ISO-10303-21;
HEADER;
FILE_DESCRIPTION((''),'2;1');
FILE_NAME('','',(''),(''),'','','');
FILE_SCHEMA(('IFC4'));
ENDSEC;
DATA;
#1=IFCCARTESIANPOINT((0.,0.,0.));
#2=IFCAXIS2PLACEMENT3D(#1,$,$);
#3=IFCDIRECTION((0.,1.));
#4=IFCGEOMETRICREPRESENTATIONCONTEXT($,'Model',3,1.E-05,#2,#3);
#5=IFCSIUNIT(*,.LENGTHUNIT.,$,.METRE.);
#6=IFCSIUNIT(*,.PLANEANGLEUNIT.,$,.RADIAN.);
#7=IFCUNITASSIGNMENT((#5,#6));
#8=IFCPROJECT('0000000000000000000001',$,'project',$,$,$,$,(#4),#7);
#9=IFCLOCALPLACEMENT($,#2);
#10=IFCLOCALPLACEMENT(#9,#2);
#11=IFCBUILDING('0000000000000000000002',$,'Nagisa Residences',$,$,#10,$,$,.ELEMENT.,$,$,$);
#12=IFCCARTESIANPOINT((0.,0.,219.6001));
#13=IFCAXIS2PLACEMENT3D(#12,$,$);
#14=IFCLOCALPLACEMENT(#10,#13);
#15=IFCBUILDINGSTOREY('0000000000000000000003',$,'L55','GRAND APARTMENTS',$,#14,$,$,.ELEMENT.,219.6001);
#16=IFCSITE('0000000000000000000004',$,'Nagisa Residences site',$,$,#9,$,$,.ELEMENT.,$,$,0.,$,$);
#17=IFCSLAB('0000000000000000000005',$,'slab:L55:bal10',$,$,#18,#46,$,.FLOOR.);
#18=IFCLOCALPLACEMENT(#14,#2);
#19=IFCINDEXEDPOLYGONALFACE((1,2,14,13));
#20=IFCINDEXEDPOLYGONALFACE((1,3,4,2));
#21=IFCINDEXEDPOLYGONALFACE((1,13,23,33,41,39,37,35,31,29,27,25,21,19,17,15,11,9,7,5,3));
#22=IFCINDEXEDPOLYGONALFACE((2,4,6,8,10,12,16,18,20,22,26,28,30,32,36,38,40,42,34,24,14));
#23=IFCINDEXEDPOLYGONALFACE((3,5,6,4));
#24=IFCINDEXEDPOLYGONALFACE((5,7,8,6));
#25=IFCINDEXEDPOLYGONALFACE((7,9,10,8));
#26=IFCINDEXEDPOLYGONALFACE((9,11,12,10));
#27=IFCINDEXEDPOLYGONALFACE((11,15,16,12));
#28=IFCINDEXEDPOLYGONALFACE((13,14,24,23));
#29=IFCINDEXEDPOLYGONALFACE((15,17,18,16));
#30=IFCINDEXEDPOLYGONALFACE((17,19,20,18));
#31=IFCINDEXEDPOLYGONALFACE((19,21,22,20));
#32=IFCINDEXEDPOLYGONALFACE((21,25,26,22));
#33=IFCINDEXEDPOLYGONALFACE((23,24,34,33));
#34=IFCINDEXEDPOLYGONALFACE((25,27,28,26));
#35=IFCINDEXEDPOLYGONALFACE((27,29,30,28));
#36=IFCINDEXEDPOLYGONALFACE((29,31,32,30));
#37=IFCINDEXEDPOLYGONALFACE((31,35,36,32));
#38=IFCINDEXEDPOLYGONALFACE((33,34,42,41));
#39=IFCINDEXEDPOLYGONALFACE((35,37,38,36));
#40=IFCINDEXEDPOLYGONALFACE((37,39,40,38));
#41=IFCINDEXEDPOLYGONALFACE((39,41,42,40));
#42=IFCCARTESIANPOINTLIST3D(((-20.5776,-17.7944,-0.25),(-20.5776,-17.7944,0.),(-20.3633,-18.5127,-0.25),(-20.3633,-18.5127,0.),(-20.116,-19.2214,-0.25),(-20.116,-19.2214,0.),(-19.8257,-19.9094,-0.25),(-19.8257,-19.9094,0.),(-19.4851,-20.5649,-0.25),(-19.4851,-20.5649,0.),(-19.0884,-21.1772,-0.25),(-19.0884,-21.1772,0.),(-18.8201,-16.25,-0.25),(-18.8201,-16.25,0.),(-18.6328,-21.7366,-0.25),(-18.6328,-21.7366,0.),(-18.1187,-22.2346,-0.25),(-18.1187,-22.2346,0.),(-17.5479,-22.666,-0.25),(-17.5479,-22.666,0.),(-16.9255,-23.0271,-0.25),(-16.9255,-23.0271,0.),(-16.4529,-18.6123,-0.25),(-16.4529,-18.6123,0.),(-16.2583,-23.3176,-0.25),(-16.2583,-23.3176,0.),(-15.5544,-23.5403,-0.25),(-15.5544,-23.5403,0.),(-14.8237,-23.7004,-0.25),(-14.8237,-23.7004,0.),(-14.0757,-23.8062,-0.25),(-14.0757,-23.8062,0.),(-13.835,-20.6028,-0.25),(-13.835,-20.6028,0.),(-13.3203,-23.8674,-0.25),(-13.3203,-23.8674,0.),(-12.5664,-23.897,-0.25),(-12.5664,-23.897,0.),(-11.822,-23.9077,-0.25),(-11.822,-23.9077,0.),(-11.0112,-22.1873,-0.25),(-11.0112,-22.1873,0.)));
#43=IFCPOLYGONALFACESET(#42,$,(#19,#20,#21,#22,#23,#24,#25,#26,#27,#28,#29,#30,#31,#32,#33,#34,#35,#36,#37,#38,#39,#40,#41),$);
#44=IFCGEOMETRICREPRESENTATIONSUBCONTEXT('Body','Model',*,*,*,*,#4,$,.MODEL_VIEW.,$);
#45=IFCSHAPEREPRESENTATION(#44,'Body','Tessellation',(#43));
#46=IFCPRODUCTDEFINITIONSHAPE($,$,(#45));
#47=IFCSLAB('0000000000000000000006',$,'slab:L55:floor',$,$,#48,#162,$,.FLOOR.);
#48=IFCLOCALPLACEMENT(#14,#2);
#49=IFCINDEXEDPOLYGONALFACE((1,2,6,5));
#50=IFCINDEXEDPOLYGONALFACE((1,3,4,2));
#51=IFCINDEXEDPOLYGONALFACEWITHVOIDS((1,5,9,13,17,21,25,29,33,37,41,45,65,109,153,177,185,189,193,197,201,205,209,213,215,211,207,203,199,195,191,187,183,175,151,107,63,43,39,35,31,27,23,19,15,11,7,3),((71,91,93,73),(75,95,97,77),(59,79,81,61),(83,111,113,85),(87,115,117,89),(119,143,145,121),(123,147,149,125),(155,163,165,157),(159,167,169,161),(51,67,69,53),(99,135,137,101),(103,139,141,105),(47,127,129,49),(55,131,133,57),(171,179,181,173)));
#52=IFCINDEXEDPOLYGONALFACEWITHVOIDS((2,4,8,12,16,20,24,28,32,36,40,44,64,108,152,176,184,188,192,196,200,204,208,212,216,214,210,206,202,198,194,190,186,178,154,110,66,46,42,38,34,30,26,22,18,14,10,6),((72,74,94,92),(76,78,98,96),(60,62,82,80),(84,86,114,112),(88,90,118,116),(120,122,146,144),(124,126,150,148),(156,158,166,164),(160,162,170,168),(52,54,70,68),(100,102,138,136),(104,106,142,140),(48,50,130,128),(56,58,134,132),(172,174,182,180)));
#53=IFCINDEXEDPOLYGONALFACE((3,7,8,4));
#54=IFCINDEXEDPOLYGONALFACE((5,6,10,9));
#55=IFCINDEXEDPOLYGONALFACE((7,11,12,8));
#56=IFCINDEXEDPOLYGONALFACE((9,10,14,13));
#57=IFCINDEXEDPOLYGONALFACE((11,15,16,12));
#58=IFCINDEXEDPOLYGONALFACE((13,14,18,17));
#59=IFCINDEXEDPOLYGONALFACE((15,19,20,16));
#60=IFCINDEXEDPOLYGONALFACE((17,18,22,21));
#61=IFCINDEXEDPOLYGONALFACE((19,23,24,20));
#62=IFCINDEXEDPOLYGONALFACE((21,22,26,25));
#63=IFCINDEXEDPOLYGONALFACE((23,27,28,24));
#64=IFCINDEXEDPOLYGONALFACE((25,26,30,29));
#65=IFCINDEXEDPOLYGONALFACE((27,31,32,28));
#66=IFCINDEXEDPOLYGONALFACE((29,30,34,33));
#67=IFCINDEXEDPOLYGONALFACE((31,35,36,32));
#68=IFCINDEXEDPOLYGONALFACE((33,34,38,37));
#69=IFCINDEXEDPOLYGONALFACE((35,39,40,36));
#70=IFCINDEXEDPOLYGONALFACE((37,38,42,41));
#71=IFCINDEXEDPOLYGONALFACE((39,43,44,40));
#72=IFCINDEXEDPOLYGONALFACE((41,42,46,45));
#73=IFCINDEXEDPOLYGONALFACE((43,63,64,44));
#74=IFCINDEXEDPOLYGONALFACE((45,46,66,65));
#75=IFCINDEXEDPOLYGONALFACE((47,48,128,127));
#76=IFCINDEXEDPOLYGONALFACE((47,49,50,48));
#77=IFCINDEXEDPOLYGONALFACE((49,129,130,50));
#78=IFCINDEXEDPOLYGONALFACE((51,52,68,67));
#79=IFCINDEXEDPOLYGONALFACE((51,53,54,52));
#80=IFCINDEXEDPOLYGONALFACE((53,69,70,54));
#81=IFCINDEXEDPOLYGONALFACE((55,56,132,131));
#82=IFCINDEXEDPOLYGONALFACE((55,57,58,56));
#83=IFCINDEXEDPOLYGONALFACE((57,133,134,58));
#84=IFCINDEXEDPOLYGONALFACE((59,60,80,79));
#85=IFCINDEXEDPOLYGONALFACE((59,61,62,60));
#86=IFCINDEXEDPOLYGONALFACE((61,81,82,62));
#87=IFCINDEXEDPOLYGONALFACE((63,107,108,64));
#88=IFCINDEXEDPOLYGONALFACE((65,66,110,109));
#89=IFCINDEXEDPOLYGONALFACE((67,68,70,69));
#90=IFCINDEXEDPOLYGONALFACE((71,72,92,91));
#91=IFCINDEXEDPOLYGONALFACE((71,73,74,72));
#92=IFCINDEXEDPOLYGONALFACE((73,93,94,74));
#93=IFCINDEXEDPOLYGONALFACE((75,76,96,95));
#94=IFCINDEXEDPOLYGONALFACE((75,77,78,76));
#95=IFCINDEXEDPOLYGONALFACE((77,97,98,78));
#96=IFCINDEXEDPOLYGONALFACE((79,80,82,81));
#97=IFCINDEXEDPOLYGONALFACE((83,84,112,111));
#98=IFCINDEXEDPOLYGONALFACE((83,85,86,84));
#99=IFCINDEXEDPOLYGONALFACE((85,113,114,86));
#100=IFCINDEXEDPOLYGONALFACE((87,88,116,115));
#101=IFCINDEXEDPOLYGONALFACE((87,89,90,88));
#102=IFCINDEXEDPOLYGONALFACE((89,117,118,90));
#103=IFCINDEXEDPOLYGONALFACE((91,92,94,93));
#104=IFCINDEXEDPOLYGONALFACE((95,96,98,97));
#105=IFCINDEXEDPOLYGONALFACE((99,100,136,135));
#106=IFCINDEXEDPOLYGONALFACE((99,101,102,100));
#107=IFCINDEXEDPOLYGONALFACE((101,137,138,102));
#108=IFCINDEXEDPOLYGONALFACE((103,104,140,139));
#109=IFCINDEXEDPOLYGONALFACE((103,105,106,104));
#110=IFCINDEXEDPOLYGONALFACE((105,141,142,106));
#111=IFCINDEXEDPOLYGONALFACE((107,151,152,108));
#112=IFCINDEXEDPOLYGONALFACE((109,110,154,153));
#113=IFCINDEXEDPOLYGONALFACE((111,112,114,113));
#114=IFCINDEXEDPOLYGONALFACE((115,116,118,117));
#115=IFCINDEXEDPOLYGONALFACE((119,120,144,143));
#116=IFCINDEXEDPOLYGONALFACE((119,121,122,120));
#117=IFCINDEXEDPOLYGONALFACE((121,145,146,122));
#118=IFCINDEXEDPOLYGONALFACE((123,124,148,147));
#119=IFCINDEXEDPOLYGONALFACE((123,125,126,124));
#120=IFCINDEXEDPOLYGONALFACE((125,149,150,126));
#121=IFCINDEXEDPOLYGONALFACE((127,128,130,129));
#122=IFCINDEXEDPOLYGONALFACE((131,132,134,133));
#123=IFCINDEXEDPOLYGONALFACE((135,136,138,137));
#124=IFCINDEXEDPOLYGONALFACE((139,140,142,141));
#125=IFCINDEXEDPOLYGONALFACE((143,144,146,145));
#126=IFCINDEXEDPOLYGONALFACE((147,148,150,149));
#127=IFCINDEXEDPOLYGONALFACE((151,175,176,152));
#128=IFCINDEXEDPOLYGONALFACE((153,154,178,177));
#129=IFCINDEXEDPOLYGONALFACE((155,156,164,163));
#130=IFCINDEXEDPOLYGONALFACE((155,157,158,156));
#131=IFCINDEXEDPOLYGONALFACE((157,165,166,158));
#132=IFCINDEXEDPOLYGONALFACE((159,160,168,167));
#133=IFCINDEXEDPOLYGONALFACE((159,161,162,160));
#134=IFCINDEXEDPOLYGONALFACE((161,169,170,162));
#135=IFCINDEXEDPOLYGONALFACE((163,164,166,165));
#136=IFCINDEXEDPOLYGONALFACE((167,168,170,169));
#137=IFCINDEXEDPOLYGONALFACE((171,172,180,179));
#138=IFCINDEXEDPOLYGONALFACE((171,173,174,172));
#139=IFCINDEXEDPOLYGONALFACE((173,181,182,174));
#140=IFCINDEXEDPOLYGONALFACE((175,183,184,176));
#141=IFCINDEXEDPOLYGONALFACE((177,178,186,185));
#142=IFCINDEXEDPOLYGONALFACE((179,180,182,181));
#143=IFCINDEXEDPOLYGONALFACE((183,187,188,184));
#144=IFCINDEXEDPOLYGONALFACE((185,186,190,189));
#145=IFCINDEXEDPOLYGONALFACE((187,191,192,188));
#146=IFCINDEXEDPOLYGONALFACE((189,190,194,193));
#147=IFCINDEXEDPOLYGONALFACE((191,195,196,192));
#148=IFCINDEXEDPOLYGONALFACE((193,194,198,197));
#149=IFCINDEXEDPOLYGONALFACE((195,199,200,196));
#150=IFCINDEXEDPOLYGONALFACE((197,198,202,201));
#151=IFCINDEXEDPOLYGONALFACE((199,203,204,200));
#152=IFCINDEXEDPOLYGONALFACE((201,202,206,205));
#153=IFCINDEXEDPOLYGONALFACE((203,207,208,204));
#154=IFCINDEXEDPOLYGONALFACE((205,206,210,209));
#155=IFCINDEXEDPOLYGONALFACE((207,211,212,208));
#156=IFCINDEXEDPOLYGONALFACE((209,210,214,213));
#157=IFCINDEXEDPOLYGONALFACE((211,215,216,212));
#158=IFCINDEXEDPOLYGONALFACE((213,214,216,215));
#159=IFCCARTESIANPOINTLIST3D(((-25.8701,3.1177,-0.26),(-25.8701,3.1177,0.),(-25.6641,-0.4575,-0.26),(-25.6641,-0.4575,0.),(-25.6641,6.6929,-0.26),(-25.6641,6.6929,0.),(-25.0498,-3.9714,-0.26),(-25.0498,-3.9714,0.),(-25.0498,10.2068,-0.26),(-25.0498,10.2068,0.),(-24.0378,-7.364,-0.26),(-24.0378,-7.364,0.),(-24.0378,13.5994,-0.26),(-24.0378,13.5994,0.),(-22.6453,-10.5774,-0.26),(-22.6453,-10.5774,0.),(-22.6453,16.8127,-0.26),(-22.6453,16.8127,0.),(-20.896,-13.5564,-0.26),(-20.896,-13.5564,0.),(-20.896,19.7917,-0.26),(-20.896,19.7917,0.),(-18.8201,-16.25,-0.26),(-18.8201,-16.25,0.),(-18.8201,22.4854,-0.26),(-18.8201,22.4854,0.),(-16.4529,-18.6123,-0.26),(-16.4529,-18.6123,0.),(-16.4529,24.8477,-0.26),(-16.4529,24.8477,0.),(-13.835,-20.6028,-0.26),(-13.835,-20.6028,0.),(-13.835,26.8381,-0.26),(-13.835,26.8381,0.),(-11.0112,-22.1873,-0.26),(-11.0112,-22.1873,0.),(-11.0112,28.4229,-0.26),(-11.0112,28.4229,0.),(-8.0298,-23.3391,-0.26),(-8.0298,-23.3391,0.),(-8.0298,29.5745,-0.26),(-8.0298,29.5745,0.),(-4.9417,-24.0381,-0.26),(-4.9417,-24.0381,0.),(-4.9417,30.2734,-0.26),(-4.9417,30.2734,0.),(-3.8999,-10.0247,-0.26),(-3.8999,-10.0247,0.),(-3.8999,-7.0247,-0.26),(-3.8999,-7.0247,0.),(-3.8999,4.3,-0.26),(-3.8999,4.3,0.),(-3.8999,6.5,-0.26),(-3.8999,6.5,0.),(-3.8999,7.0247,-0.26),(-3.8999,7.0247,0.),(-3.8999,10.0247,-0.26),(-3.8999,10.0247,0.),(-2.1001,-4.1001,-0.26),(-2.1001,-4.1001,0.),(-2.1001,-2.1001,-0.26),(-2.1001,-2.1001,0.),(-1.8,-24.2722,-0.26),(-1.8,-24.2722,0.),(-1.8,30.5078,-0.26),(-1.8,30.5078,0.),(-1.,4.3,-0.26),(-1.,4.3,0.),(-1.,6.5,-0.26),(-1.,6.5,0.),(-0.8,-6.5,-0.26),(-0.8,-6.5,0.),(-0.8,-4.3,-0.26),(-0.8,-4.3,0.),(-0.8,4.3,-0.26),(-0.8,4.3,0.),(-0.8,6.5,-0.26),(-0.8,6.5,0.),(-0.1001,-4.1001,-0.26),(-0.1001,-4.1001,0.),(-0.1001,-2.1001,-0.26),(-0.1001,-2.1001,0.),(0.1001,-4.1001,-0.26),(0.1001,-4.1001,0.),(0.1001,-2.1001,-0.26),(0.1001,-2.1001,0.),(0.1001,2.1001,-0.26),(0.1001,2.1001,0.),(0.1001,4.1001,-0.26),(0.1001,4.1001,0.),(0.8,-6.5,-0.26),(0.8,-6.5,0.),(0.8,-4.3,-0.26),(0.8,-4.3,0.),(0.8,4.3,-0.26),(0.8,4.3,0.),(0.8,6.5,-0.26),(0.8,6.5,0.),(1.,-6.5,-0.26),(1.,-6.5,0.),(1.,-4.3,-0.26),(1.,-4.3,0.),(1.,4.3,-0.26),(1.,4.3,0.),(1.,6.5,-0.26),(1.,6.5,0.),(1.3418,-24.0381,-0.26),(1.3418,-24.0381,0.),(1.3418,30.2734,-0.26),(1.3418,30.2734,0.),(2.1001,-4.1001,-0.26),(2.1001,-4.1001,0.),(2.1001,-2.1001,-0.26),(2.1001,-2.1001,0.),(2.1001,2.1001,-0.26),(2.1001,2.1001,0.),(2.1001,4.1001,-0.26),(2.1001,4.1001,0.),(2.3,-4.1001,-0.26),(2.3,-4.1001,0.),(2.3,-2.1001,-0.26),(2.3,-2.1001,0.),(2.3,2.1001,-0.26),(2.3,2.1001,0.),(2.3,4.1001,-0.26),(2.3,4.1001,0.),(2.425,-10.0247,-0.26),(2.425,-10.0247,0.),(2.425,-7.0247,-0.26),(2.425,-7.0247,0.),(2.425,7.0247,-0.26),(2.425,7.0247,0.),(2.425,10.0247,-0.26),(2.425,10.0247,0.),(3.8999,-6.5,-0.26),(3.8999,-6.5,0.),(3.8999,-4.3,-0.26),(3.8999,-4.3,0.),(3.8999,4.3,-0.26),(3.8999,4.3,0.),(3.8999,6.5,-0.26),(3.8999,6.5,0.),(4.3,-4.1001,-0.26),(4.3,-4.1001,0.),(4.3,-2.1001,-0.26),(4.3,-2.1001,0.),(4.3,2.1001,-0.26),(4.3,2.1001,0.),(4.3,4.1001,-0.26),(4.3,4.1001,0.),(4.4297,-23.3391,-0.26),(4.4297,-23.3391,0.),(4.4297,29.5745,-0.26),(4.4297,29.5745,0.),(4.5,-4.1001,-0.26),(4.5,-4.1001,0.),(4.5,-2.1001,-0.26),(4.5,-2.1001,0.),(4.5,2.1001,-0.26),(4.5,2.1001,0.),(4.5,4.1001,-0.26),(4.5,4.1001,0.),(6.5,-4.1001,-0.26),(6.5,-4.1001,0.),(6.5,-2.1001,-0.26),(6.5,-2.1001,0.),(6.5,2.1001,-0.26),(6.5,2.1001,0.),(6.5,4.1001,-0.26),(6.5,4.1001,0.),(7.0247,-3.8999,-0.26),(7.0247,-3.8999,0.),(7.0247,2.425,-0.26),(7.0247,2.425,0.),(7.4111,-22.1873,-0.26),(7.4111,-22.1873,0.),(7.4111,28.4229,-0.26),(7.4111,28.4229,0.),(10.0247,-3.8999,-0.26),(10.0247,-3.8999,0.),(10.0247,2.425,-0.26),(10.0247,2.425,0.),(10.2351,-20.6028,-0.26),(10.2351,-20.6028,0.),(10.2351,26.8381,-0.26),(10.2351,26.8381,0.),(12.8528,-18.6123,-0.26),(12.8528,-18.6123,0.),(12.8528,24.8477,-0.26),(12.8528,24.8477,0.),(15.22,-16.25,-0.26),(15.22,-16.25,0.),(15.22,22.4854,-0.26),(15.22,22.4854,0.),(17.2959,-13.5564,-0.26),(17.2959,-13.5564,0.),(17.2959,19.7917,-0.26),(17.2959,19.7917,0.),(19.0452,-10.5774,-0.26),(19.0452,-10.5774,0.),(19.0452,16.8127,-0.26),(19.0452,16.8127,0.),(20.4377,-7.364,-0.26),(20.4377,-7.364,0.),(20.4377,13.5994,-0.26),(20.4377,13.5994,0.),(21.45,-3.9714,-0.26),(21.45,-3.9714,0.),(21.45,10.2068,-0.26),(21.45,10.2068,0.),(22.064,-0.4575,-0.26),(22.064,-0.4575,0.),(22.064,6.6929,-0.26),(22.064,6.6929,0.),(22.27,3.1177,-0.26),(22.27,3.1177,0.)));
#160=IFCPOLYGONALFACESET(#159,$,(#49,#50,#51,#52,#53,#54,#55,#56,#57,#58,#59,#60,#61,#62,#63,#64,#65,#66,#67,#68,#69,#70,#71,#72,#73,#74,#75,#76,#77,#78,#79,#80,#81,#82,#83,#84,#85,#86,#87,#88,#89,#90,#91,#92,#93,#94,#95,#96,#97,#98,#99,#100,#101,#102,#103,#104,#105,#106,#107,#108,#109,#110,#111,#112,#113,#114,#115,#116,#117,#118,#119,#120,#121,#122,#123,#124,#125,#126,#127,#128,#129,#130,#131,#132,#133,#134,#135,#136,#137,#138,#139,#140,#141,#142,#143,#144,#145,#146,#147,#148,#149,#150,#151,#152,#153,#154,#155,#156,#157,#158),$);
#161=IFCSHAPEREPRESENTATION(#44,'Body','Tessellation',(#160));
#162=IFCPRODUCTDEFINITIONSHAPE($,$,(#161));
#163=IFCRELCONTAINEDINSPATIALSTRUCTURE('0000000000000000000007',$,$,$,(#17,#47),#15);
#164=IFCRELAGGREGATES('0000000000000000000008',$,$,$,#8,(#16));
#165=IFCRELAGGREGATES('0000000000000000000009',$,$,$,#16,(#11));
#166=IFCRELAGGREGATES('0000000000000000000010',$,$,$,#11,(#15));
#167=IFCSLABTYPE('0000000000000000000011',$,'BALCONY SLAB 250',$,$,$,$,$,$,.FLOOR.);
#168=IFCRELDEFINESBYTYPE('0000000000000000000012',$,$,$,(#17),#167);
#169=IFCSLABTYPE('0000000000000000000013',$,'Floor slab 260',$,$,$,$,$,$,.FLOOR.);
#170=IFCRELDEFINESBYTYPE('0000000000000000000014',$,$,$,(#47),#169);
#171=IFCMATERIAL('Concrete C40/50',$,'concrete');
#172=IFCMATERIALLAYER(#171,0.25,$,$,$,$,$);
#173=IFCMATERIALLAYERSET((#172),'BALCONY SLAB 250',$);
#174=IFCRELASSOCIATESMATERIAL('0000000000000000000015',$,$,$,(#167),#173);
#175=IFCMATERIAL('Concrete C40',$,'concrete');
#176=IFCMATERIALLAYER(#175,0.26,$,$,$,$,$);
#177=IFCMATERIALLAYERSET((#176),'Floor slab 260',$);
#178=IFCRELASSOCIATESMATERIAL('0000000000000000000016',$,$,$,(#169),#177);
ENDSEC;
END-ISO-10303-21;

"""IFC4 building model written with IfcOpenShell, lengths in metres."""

from ifc_helpers import new_model, si_unit, direction, frame, origin, place, context, subcontext, project, spatial, polyline, outline, extrude, material, layer, layer_set, type_object, element, save


model = new_model("IFC4")

# Units and contexts
model_context = context("Model", 3, precision=1e-05, world=origin(), true_north=direction((0.0, 1.0)))
body_context = subcontext(model_context, "Body", "Model", "MODEL_VIEW")
ifc_project = project(units=[si_unit("LENGTHUNIT", "METRE"), si_unit("PLANEANGLEUNIT", "RADIAN")], contexts=[model_context])

# Site, building, storey
site_placement = place(None, origin())
site = spatial("IfcSite", under=ifc_project, at=site_placement, Name="Nagisa Residences site", CompositionType="ELEMENT", RefElevation=0.0)
building_placement = place(site_placement, origin())
building = spatial("IfcBuilding", under=site, at=building_placement, Name="Nagisa Residences", CompositionType="ELEMENT")
storey_placement = place(building_placement, frame((0.0, 0.0, 219.6001)))
storey = spatial("IfcBuildingStorey", under=building, at=storey_placement, Name="L55", Description="GRAND APARTMENTS", CompositionType="ELEMENT", Elevation=219.6001)

# Slabs
ifc_material_1 = material(Name="Concrete C40/50", Category="concrete")
ifc_layer_1 = layer(ifc_material_1, 0.25)
ifc_layer_set_1 = layer_set([ifc_layer_1], Name="BALCONY SLAB 250")
slab_type_1 = type_object("IfcSlabType", Name="BALCONY SLAB 250", PredefinedType="FLOOR", material=ifc_layer_set_1)
slab_1_placement = place(storey_placement, frame((0.0, 0.0, -0.25)))
element("IfcSlab", 1, at=slab_1_placement, inside=storey, type_object=slab_type_1, Name="slab:L55:bal10", PredefinedType="FLOOR", context=body_context, shape_type="SweptSolid", body=[
    extrude(outline(polyline([(-20.5776, -17.7944), (-20.3633, -18.5127), (-20.116, -19.2214), (-19.8257, -19.9094), (-19.4851, -20.5649), (-19.0884, -21.1772), (-18.6328, -21.7366), (-18.1187, -22.2346), (-17.5479, -22.666), (-16.9255, -23.0271), (-16.2583, -23.3176), (-15.5544, -23.5403), (-14.8237, -23.7004), (-14.0757, -23.8062), (-13.3203, -23.8674), (-12.5664, -23.897), (-11.822, -23.9077), (-11.0112, -22.1873), (-13.835, -20.6028), (-16.4529, -18.6123), (-18.8201, -16.25), (-20.5776, -17.7944)])), origin(), (0.0, 0.0, 1.0), 0.25),
])
ifc_material_2 = material(Name="Concrete C40", Category="concrete")
ifc_layer_2 = layer(ifc_material_2, 0.26)
ifc_layer_set_2 = layer_set([ifc_layer_2], Name="Floor slab 260")
slab_type_2 = type_object("IfcSlabType", Name="Floor slab 260", PredefinedType="FLOOR", material=ifc_layer_set_2)
slab_2_placement = place(storey_placement, frame((0.0, 0.0, -0.26)))
element("IfcSlab", 2, at=slab_2_placement, inside=storey, type_object=slab_type_2, Name="slab:L55:floor", PredefinedType="FLOOR", context=body_context, shape_type="SweptSolid", body=[
    extrude(outline(polyline([(22.27, 3.1177), (22.064, 6.6929), (21.45, 10.2068), (20.4377, 13.5994), (19.0452, 16.8127), (17.2959, 19.7917), (15.22, 22.4854), (12.8528, 24.8477), (10.2351, 26.8381), (7.4111, 28.4229), (4.4297, 29.5745), (1.3418, 30.2734), (-1.8, 30.5078), (-4.9417, 30.2734), (-8.0298, 29.5745), (-11.0112, 28.4229), (-13.835, 26.8381), (-16.4529, 24.8477), (-18.8201, 22.4854), (-20.896, 19.7917), (-22.6453, 16.8127), (-24.0378, 13.5994), (-25.0498, 10.2068), (-25.6641, 6.6929), (-25.8701, 3.1177), (-25.6641, -0.4575), (-25.0498, -3.9714), (-24.0378, -7.364), (-22.6453, -10.5774), (-20.896, -13.5564), (-18.8201, -16.25), (-16.4529, -18.6123), (-13.835, -20.6028), (-11.0112, -22.1873), (-8.0298, -23.3391), (-4.9417, -24.0381), (-1.8, -24.2722), (1.3418, -24.0381), (4.4297, -23.3391), (7.4111, -22.1873), (10.2351, -20.6028), (12.8528, -18.6123), (15.22, -16.25), (17.2959, -13.5564), (19.0452, -10.5774), (20.4377, -7.364), (21.45, -3.9714), (22.064, -0.4575), (22.27, 3.1177)]), holes=[polyline([(2.1001, 2.1001), (2.1001, 4.1001), (0.1001, 4.1001), (0.1001, 2.1001), (2.1001, 2.1001)]), polyline([(4.3, 2.1001), (4.3, 4.1001), (2.3, 4.1001), (2.3, 2.1001), (4.3, 2.1001)]), polyline([(6.5, 2.1001), (6.5, 4.1001), (4.5, 4.1001), (4.5, 2.1001), (6.5, 2.1001)]), polyline([(-0.1001, -4.1001), (-0.1001, -2.1001), (-2.1001, -2.1001), (-2.1001, -4.1001), (-0.1001, -4.1001)]), polyline([(2.1001, -4.1001), (2.1001, -2.1001), (0.1001, -2.1001), (0.1001, -4.1001), (2.1001, -4.1001)]), polyline([(4.3, -4.1001), (4.3, -2.1001), (2.3, -2.1001), (2.3, -4.1001), (4.3, -4.1001)]), polyline([(6.5, -4.1001), (6.5, -2.1001), (4.5, -2.1001), (4.5, -4.1001), (6.5, -4.1001)]), polyline([(3.8999, 4.3), (3.8999, 6.5), (1.0, 6.5), (1.0, 4.3), (3.8999, 4.3)]), polyline([(3.8999, -6.5), (3.8999, -4.3), (1.0, -4.3), (1.0, -6.5), (3.8999, -6.5)]), polyline([(-1.0, 4.3), (-1.0, 6.5), (-3.8999, 6.5), (-3.8999, 4.3), (-1.0, 4.3)]), polyline([(0.8, 4.3), (0.8, 6.5), (-0.8, 6.5), (-0.8, 4.3), (0.8, 4.3)]), polyline([(0.8, -6.5), (0.8, -4.3), (-0.8, -4.3), (-0.8, -6.5), (0.8, -6.5)]), polyline([(10.0247, -3.8999), (7.0247, -3.8999), (7.0247, 2.425), (10.0247, 2.425), (10.0247, -3.8999)]), polyline([(-3.8999, 7.0247), (-3.8999, 10.0247), (2.425, 10.0247), (2.425, 7.0247), (-3.8999, 7.0247)]), polyline([(-3.8999, -10.0247), (-3.8999, -7.0247), (2.425, -7.0247), (2.425, -10.0247), (-3.8999, -10.0247)])]), origin(), (0.0, 0.0, 1.0), 0.26),
])

save(model, "model.ifc")
